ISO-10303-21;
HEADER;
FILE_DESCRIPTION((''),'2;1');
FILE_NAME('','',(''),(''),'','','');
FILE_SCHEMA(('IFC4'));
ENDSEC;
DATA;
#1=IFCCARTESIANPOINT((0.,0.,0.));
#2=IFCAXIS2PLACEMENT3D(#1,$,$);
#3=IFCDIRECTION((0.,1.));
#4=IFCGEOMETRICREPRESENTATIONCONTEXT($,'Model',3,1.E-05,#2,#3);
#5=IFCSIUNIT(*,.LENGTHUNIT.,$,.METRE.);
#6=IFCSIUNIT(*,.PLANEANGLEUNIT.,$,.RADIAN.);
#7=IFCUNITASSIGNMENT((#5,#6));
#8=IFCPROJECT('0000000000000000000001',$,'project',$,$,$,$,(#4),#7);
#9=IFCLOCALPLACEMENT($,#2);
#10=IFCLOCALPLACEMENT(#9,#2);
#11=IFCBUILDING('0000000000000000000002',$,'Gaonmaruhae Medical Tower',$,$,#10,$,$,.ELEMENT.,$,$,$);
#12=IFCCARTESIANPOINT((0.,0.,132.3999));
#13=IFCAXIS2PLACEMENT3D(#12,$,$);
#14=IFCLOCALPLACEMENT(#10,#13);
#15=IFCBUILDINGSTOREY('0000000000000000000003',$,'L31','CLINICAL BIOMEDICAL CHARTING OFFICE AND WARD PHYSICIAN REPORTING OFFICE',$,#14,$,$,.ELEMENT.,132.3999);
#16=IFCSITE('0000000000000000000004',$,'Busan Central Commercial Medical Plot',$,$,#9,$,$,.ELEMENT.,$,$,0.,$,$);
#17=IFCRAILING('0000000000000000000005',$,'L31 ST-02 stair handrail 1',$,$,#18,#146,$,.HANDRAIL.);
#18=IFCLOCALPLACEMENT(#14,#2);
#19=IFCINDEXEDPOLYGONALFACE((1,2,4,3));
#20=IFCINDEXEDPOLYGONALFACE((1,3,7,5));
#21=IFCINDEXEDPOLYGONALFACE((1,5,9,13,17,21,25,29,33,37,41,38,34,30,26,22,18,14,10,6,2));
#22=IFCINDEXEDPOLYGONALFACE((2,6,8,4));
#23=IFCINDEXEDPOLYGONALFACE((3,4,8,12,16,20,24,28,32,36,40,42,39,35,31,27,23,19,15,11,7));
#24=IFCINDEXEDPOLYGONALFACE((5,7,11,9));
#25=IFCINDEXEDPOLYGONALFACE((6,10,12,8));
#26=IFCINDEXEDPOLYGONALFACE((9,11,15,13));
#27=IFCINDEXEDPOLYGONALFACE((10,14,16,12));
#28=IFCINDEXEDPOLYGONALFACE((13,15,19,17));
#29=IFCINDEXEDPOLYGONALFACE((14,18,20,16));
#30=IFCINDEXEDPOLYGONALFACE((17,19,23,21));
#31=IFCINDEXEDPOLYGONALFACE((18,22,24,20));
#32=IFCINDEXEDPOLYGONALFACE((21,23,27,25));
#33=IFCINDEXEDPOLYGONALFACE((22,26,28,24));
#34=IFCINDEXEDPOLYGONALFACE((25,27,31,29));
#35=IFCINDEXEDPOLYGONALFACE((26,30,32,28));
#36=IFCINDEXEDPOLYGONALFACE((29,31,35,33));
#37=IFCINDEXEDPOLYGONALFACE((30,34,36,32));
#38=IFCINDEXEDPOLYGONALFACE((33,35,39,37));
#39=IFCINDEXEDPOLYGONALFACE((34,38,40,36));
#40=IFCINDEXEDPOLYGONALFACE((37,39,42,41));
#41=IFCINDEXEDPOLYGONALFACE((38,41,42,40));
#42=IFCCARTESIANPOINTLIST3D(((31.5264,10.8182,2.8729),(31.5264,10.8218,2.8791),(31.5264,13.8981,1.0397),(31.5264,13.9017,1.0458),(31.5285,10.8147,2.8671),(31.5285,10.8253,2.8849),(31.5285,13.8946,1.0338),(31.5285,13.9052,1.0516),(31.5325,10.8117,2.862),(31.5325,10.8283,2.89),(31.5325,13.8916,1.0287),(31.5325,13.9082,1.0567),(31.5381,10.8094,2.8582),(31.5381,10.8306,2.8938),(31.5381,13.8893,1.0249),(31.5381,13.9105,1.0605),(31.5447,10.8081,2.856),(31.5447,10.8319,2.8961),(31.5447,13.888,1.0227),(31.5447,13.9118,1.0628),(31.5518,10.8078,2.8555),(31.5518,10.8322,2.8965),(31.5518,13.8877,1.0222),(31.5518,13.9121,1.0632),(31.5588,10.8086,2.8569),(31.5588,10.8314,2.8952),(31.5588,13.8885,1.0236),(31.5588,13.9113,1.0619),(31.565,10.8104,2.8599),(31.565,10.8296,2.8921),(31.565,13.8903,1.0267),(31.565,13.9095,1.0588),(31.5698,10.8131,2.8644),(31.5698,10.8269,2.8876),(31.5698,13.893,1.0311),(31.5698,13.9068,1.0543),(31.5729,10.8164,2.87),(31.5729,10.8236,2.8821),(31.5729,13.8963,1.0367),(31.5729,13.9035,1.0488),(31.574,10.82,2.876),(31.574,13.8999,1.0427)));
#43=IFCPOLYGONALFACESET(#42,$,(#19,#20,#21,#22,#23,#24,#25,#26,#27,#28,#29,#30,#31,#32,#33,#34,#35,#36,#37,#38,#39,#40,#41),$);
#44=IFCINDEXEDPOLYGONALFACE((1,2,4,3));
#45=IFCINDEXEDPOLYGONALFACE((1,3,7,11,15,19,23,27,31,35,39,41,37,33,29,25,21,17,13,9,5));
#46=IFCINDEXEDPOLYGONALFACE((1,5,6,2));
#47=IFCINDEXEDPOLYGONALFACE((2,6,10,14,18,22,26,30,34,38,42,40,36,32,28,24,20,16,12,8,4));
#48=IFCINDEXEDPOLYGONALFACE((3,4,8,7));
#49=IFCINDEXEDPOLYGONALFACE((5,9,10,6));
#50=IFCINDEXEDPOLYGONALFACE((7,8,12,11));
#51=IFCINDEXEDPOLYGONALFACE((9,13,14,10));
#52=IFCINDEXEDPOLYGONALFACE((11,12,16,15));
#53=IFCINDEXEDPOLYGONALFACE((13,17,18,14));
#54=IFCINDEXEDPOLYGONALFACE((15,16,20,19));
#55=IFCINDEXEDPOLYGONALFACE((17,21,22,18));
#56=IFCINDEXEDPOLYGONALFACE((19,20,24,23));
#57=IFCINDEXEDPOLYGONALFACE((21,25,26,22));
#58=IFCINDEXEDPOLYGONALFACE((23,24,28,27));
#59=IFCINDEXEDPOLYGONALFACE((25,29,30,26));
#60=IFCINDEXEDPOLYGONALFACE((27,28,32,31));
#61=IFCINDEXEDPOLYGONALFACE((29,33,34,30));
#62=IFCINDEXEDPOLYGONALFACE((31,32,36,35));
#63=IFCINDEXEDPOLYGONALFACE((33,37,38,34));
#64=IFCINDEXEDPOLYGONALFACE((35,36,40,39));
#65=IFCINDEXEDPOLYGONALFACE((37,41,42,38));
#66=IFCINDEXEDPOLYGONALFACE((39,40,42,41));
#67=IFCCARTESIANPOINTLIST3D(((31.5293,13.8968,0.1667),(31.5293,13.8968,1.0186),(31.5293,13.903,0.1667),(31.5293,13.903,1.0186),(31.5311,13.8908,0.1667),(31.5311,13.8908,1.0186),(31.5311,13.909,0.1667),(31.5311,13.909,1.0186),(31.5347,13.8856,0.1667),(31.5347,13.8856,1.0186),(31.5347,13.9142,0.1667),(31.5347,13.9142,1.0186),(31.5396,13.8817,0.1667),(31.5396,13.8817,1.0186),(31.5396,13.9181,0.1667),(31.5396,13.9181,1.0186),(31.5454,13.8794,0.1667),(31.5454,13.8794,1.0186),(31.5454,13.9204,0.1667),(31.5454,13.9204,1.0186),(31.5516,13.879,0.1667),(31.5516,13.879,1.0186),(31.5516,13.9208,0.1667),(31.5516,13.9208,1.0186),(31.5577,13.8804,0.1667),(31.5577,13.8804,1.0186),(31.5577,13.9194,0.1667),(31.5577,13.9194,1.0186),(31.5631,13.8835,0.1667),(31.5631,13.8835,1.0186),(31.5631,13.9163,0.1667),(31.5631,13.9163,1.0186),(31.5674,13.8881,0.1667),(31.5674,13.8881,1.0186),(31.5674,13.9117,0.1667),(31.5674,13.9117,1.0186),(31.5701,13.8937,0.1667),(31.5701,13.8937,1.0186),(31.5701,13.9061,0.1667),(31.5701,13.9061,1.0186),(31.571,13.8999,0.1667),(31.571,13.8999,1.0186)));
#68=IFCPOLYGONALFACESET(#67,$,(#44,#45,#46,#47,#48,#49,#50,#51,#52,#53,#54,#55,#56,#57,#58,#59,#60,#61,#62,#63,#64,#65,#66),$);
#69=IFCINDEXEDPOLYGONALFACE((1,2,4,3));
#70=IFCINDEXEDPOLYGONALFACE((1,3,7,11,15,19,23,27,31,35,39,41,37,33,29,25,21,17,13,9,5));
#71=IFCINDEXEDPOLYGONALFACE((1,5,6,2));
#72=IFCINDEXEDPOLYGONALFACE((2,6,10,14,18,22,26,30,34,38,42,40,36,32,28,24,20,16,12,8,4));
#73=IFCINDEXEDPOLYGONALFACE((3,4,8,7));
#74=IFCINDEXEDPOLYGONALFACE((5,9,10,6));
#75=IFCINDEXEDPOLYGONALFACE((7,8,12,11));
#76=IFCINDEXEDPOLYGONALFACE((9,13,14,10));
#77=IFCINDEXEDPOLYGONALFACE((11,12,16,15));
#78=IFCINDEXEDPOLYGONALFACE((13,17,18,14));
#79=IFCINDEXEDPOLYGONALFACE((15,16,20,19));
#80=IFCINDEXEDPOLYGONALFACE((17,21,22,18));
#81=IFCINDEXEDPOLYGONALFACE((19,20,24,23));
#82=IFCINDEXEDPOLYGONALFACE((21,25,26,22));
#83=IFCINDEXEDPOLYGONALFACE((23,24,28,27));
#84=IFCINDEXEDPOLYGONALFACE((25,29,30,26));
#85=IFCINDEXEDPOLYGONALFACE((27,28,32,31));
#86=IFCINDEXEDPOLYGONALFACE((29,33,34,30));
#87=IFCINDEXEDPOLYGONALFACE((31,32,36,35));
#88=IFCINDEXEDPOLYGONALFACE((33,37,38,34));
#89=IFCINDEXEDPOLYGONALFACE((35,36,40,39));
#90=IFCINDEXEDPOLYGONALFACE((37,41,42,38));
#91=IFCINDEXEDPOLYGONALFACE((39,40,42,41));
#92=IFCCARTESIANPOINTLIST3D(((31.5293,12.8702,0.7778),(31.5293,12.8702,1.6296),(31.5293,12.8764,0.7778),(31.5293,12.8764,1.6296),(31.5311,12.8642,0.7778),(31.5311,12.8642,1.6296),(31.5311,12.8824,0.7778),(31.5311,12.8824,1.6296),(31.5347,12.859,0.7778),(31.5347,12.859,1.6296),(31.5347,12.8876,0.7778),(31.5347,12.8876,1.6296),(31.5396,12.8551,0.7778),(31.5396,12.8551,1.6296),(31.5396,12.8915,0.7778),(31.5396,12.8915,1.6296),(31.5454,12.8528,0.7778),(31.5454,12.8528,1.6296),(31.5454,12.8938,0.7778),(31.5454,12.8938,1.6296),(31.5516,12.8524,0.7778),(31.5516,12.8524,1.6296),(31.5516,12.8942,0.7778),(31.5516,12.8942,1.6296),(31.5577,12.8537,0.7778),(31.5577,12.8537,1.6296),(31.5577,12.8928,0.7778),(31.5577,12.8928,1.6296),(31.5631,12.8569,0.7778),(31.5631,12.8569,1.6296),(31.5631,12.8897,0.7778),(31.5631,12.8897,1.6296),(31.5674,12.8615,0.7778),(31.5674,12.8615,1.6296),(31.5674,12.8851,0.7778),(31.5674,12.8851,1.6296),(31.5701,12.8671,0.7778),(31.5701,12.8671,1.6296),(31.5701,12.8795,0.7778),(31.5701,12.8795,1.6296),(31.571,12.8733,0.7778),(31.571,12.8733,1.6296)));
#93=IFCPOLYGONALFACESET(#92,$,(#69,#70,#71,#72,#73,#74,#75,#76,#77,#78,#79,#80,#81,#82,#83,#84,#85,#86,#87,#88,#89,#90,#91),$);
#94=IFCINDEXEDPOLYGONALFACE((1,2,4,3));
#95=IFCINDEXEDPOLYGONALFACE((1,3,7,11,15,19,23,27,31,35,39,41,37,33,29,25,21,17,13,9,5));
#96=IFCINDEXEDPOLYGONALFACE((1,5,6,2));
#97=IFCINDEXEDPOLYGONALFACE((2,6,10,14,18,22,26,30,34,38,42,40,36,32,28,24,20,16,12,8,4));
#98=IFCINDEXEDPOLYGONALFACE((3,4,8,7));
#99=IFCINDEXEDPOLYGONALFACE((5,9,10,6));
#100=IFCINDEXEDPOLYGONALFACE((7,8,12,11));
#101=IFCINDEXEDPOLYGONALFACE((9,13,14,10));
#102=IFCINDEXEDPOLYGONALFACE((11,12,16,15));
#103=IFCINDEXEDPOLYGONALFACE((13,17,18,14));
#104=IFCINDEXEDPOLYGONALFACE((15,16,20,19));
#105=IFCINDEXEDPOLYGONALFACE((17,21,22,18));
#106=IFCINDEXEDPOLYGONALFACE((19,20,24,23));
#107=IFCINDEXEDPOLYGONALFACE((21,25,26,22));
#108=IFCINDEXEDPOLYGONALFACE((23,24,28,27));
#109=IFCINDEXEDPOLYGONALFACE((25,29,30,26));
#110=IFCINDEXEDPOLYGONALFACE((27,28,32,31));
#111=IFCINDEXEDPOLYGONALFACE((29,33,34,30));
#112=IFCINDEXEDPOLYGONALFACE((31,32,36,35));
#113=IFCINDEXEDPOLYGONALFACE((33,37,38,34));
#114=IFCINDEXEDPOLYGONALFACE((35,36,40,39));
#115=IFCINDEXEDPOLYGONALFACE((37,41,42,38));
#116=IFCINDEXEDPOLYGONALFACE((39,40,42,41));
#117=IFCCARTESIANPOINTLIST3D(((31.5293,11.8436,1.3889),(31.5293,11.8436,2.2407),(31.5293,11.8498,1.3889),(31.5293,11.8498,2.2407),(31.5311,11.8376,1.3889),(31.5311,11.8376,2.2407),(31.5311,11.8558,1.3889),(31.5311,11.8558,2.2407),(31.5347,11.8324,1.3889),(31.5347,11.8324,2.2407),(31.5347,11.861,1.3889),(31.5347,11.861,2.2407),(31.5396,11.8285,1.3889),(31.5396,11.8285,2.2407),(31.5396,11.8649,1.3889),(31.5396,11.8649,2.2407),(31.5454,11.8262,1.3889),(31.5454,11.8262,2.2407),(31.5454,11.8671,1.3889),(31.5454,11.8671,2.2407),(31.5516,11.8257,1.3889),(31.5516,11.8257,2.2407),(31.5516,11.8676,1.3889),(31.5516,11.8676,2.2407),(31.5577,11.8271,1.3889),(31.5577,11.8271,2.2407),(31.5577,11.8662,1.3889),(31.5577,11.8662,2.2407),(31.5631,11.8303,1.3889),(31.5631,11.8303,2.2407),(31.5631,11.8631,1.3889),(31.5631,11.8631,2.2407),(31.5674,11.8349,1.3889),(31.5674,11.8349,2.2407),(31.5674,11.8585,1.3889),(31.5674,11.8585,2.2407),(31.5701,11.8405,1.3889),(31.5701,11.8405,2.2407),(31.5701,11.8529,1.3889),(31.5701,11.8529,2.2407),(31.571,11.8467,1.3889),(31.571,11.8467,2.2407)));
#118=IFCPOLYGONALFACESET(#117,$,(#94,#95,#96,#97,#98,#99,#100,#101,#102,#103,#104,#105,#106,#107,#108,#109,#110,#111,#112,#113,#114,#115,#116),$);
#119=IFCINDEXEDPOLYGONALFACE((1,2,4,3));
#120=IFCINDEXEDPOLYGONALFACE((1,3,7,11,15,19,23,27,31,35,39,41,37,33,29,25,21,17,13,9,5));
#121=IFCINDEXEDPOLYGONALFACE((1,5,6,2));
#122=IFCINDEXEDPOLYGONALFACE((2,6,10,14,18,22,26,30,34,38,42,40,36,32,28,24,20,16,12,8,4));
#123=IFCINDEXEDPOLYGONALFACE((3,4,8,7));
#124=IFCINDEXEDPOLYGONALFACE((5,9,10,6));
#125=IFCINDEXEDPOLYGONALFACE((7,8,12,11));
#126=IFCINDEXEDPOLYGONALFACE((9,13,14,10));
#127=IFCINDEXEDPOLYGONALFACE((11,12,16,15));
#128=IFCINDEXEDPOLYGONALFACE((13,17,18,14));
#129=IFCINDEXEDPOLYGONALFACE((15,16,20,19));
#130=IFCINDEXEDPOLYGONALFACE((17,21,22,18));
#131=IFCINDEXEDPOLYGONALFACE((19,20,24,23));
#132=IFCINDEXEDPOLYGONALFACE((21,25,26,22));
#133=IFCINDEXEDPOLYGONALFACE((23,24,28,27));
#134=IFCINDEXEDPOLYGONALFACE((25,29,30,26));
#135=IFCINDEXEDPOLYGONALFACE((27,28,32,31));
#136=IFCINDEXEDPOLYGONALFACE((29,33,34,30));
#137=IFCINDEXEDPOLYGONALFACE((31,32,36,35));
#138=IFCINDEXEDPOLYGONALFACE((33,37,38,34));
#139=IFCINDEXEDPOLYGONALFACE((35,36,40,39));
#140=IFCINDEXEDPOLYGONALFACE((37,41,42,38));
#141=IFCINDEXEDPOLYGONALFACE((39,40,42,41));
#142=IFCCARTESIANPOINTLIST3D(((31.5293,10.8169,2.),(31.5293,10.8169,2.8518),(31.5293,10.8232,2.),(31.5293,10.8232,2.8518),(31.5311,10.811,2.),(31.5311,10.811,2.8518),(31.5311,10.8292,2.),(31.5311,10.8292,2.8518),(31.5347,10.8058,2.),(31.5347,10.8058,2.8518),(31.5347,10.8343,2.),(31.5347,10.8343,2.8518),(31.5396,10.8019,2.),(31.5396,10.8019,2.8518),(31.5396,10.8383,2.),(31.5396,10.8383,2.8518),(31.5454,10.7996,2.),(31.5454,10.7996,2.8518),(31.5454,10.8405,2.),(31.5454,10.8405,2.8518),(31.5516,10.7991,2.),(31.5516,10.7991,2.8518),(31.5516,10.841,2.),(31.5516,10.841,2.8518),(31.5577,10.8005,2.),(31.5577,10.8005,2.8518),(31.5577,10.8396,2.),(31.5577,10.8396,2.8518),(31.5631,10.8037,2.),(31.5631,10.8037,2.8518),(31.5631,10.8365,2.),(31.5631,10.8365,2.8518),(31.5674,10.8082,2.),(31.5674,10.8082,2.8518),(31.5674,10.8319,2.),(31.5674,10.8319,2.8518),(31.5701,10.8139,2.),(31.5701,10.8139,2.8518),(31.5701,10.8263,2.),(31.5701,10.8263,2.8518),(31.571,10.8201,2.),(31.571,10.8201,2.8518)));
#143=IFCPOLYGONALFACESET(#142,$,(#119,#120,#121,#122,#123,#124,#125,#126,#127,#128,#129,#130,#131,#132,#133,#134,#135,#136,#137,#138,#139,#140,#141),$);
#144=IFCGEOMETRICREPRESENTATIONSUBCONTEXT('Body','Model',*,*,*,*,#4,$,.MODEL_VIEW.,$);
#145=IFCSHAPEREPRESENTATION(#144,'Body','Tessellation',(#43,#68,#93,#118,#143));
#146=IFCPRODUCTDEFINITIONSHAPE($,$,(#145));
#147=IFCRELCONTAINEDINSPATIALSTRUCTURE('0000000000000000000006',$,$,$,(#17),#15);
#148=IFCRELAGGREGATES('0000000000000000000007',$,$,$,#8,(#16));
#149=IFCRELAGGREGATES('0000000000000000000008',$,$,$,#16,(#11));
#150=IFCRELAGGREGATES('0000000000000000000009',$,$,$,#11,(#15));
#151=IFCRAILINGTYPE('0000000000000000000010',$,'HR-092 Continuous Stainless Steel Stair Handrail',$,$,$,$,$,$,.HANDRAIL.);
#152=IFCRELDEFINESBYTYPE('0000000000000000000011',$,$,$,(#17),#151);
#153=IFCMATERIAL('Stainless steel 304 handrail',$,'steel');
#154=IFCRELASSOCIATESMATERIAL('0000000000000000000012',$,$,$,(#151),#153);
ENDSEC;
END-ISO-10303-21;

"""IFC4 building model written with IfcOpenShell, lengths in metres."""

from ifc_helpers import new_model, si_unit, direction, frame, origin, origin_2d, place, context, subcontext, project, spatial, circle, extrude, material, type_object, element, save


model = new_model("IFC4")

# Units and contexts
model_context = context("Model", 3, precision=1e-05, world=origin(), true_north=direction((0.0, 1.0)))
body_context = subcontext(model_context, "Body", "Model", "MODEL_VIEW")
ifc_project = project(units=[si_unit("LENGTHUNIT", "METRE"), si_unit("PLANEANGLEUNIT", "RADIAN")], contexts=[model_context])

# Site, building, storey
site_placement = place(None, origin())
site = spatial("IfcSite", under=ifc_project, at=site_placement, Name="Busan Central Commercial Medical Plot", CompositionType="ELEMENT", RefElevation=0.0)
building_placement = place(site_placement, origin())
building = spatial("IfcBuilding", under=site, at=building_placement, Name="Gaonmaruhae Medical Tower", CompositionType="ELEMENT")
storey_placement = place(building_placement, frame((0.0, 0.0, 132.3999)))
storey = spatial("IfcBuildingStorey", under=building, at=storey_placement, Name="L31", Description="CLINICAL BIOMEDICAL CHARTING OFFICE AND WARD PHYSICIAN REPORTING OFFICE", CompositionType="ELEMENT", Elevation=132.3999)

# Railing
ifc_material_1 = material(Name="Stainless steel 304 handrail", Category="steel")
railing_type_1 = type_object("IfcRailingType", Name="HR-092 Continuous Stainless Steel Stair Handrail", PredefinedType="HANDRAIL", material=ifc_material_1)
railing_1_placement = place(storey_placement, frame((31.55, 13.8999, 0.1667)))
element("IfcRailing", 1, at=railing_1_placement, inside=storey, type_object=railing_type_1, Name="L31 ST-02 stair handrail 1", PredefinedType="HANDRAIL", context=body_context, shape_type="SweptSolid", body=[
    extrude(circle(Radius=0.0239, at=origin_2d()), frame((0.0, 0.0, 0.876), z_axis=(0.0, -0.859291, 0.511487), x_axis=(1.0, 0.0, 0.0)), (0.0, 0.0, 1.0), 3.5842),
    extrude(circle(Radius=0.021, at=origin_2d()), origin(), (0.0, 0.0, 1.0), 0.8518),
    extrude(circle(Radius=0.021, at=origin_2d()), frame((0.0, -1.0266, 0.6111)), (0.0, 0.0, 1.0), 0.8518),
    extrude(circle(Radius=0.021, at=origin_2d()), frame((0.0, -2.0532, 1.2222)), (0.0, 0.0, 1.0), 0.8518),
    extrude(circle(Radius=0.021, at=origin_2d()), frame((0.0, -3.0798, 1.8333)), (0.0, 0.0, 1.0), 0.8518),
])

save(model, "model.ifc")
